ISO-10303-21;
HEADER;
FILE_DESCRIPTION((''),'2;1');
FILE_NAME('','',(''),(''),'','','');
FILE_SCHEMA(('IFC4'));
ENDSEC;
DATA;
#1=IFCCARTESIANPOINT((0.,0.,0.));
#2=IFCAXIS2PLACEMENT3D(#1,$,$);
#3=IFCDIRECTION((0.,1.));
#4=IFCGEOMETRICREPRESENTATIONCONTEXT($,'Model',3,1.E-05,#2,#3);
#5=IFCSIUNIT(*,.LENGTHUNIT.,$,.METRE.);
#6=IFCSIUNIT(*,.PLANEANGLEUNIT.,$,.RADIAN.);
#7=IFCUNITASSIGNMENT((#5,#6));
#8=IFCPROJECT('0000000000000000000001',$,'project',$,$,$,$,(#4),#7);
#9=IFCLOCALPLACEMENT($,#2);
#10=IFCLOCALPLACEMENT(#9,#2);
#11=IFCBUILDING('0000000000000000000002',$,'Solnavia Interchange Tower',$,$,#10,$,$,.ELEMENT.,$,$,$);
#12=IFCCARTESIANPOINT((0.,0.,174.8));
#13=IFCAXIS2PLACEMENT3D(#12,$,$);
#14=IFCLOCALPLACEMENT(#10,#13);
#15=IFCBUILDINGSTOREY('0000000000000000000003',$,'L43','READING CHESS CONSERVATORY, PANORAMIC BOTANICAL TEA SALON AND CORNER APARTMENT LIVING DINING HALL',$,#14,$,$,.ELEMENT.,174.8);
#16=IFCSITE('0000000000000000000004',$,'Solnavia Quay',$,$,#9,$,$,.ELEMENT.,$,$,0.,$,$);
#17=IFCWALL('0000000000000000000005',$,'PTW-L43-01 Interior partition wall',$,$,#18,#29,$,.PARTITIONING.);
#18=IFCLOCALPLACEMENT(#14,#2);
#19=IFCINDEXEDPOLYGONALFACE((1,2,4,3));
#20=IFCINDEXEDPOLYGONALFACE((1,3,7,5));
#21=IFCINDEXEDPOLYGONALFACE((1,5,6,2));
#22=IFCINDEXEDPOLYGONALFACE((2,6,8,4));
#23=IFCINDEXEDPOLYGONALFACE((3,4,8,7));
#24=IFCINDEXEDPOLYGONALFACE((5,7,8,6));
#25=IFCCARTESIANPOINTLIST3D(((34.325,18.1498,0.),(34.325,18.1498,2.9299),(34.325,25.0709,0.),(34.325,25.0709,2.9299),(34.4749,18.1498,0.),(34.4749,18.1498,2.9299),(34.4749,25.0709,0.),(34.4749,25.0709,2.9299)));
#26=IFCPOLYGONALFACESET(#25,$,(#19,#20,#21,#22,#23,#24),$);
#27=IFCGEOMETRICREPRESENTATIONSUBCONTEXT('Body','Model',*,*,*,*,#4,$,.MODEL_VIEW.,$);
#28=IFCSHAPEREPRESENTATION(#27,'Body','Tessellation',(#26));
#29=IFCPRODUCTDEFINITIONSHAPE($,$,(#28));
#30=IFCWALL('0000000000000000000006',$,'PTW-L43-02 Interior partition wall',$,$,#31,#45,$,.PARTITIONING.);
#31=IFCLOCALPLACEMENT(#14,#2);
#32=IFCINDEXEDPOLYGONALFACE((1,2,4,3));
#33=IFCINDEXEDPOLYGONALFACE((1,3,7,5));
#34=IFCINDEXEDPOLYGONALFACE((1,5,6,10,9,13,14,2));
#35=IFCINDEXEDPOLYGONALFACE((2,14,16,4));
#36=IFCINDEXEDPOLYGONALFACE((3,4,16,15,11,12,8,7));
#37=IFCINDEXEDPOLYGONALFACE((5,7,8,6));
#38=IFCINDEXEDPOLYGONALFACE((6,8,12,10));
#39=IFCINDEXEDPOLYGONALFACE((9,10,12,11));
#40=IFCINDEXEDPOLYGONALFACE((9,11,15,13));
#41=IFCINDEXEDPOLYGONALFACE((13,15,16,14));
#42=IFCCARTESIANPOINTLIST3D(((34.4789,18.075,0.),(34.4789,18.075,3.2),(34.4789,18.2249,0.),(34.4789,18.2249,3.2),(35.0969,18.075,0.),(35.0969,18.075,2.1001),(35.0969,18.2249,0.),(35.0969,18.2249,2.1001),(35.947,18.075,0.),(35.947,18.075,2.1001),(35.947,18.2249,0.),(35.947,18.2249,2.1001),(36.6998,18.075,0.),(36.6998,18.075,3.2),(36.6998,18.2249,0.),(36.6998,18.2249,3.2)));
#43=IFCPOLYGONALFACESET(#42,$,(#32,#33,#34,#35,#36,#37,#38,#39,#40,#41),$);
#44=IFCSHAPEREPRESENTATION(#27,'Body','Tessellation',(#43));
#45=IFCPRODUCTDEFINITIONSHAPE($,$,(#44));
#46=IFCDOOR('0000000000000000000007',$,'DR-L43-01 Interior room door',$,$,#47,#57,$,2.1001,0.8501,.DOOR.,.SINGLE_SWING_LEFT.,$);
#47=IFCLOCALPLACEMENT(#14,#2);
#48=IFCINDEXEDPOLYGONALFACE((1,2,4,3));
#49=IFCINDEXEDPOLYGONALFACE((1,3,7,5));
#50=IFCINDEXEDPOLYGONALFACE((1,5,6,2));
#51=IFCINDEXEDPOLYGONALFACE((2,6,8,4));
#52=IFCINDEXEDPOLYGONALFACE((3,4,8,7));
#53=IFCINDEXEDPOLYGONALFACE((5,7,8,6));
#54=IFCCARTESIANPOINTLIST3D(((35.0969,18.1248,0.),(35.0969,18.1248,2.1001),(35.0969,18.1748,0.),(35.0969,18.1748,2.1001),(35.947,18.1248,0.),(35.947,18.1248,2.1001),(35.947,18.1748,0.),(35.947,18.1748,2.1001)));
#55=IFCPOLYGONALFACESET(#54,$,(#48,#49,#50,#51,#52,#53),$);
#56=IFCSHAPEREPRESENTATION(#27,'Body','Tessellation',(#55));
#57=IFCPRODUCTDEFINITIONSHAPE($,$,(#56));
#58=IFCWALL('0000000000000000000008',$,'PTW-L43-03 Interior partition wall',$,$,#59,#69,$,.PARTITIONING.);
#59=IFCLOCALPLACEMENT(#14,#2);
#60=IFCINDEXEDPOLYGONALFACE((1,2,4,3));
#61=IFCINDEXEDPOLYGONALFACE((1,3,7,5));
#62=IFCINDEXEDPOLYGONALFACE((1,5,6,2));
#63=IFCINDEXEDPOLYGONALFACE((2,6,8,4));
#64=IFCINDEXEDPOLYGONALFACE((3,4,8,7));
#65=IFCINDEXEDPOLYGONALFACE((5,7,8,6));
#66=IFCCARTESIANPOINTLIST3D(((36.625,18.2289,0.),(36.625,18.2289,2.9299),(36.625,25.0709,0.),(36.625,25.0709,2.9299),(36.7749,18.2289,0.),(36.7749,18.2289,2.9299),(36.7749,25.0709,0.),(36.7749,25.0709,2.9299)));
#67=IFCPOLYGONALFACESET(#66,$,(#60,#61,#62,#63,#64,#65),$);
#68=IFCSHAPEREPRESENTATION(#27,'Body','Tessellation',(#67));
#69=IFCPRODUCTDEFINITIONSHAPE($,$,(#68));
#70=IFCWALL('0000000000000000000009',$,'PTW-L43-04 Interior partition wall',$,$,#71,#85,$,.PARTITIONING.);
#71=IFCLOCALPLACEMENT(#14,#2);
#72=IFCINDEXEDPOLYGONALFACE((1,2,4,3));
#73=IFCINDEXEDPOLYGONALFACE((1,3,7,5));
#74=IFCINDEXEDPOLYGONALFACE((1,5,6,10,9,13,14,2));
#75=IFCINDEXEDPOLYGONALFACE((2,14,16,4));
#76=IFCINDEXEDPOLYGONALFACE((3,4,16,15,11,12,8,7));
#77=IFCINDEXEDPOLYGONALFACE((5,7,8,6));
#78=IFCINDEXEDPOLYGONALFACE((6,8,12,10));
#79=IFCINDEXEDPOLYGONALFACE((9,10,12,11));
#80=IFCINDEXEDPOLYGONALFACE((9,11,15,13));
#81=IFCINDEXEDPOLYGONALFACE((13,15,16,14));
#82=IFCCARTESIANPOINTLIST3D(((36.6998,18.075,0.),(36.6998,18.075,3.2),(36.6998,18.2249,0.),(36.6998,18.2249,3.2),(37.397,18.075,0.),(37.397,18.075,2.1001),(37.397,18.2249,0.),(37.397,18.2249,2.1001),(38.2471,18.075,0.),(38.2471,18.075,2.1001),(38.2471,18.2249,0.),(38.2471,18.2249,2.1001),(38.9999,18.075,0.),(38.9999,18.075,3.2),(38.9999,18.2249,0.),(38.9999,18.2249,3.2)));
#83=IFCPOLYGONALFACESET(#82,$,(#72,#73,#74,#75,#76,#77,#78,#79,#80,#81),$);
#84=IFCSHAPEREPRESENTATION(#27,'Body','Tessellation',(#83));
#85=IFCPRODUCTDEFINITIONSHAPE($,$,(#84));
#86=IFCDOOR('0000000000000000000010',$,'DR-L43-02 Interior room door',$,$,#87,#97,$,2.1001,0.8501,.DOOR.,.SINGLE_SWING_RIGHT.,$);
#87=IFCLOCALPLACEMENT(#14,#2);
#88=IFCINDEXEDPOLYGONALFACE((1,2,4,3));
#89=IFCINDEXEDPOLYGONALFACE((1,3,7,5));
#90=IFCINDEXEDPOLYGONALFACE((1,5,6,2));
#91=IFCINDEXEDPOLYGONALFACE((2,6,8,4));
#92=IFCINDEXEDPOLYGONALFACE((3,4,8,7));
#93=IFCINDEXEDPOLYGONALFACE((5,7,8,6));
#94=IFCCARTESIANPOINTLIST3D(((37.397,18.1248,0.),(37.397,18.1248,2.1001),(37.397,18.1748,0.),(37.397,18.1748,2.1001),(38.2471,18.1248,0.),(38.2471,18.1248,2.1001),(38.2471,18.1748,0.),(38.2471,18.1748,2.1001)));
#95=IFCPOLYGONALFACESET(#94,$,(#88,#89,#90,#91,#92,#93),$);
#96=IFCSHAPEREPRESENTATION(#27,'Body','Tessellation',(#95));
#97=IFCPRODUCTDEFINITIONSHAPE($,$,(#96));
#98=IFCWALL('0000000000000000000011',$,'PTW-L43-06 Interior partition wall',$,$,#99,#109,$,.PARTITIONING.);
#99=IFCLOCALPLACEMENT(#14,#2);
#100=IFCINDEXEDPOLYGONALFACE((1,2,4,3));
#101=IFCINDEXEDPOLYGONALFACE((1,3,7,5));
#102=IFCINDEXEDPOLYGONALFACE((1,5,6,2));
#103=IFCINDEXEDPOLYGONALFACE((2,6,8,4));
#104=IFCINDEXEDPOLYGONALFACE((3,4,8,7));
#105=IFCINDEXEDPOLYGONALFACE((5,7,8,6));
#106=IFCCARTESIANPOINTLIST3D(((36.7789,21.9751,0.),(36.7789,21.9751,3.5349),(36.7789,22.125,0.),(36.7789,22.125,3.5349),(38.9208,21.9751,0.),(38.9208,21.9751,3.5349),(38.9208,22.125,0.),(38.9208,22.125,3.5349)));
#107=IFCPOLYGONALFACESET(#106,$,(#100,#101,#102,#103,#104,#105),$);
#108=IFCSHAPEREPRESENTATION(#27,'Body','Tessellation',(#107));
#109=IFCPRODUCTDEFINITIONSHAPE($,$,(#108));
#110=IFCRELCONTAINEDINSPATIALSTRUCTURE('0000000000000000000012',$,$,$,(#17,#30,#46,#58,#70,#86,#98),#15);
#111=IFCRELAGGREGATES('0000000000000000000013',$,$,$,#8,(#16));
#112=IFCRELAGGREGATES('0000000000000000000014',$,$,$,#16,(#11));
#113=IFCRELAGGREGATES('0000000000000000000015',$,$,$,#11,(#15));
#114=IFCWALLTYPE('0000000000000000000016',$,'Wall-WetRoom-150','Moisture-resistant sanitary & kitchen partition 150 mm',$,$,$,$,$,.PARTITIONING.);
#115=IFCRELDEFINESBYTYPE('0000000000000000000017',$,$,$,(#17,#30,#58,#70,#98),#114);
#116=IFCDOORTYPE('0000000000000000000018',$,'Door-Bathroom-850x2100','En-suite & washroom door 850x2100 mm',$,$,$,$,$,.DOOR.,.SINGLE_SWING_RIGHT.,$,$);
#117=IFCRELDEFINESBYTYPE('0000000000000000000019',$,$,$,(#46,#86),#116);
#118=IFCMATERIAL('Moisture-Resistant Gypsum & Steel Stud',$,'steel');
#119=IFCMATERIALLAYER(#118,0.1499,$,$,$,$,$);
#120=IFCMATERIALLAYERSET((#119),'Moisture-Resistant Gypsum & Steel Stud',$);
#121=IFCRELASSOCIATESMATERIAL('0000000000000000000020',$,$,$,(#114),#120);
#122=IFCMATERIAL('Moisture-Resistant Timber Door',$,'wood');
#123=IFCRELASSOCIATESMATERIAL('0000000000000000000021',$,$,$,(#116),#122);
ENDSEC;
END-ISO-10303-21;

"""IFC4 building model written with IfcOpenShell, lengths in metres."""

from ifc_helpers import new_model, si_unit, direction, frame, frame_2d, origin, place, context, subcontext, project, spatial, rectangle, extrude, material, layer, layer_set, type_object, element, fill, save


model = new_model("IFC4")

# Units and contexts
model_context = context("Model", 3, precision=1e-05, world=origin(), true_north=direction((0.0, 1.0)))
body_context = subcontext(model_context, "Body", "Model", "MODEL_VIEW")
ifc_project = project(units=[si_unit("LENGTHUNIT", "METRE"), si_unit("PLANEANGLEUNIT", "RADIAN")], contexts=[model_context])

# Site, building, storey
site_placement = place(None, origin())
site = spatial("IfcSite", under=ifc_project, at=site_placement, Name="Solnavia Quay", CompositionType="ELEMENT", RefElevation=0.0)
building_placement = place(site_placement, origin())
building = spatial("IfcBuilding", under=site, at=building_placement, Name="Solnavia Interchange Tower", CompositionType="ELEMENT")
storey_placement = place(building_placement, frame((0.0, 0.0, 174.8)))
storey = spatial("IfcBuildingStorey", under=building, at=storey_placement, Name="L43", Description="READING CHESS CONSERVATORY, PANORAMIC BOTANICAL TEA SALON AND CORNER APARTMENT LIVING DINING HALL", CompositionType="ELEMENT", Elevation=174.8)

# Wall
ifc_material_1 = material(Name="Moisture-Resistant Gypsum & Steel Stud", Category="steel")
ifc_layer_1 = layer(ifc_material_1, 0.1499)
ifc_layer_set_1 = layer_set([ifc_layer_1], Name="Moisture-Resistant Gypsum & Steel Stud")
wall_type_1 = type_object("IfcWallType", Name="Wall-WetRoom-150", Description="Moisture-resistant sanitary & kitchen partition 150 mm", PredefinedType="PARTITIONING", material=ifc_layer_set_1)
wall_1_placement = place(storey_placement, frame((34.3999, 18.1499, 0.0), z_axis=(0.0, 0.0, 1.0), x_axis=(0.0, 1.0, 0.0)))
element("IfcWall", 1, at=wall_1_placement, inside=storey, type_object=wall_type_1, Name="PTW-L43-01 Interior partition wall", PredefinedType="PARTITIONING", context=body_context, shape_type="SweptSolid", body=[
    extrude(rectangle(XDim=6.9211, YDim=0.1499, at=frame_2d((3.4604, 0.0))), origin(), (0.0, 0.0, 1.0), 2.9299),
])

# Wall, opening, door
wall_2_placement = place(storey_placement, frame((34.479, 18.1499, 0.0), z_axis=(0.0, 0.0, 1.0), x_axis=(1.0, 0.0, 0.0)))
wall_2 = element("IfcWall", 2, at=wall_2_placement, inside=storey, type_object=wall_type_1, Name="PTW-L43-02 Interior partition wall", PredefinedType="PARTITIONING", context=body_context, shape_type="SweptSolid", body=[
    extrude(rectangle(XDim=2.2209, YDim=0.1499, at=frame_2d((1.1104, 0.0))), origin(), (0.0, 0.0, 1.0), 3.2),
])
opening_1_placement = place(wall_2_placement, frame((0.6179, 0.0, 0.0)))
opening_1 = element("IfcOpeningElement", 3, at=opening_1_placement, cuts=wall_2, PredefinedType="OPENING", context=body_context, shape_type="SweptSolid", body=[
    extrude(rectangle(XDim=0.8501, YDim=2.1001, at=frame_2d((0.425, 1.05))), frame((0.0, 0.085, 0.0), z_axis=(0.0, -1.0, 0.0), x_axis=(1.0, 0.0, 0.0)), (0.0, 0.0, 1.0), 0.1699),
])
ifc_material_2 = material(Name="Moisture-Resistant Timber Door", Category="wood")
door_type_1 = type_object("IfcDoorType", Name="Door-Bathroom-850x2100", Description="En-suite & washroom door 850x2100 mm", OperationType="SINGLE_SWING_RIGHT", PredefinedType="DOOR", material=ifc_material_2)
door_1_placement = place(opening_1_placement, origin())
door_1 = element("IfcDoor", 4, at=door_1_placement, inside=storey, type_object=door_type_1, Name="DR-L43-01 Interior room door", OperationType="SINGLE_SWING_LEFT", OverallHeight=2.1001, OverallWidth=0.8501, PredefinedType="DOOR", context=body_context, shape_type="SweptSolid", body=[
    extrude(rectangle(XDim=0.8501, YDim=2.1001, at=frame_2d((0.425, 1.05))), frame((0.0, 0.0249, 0.0), z_axis=(0.0, -1.0, 0.0), x_axis=(1.0, 0.0, 0.0)), (0.0, 0.0, 1.0), 0.05),
])
fill(opening_1, door_1)

# Wall
wall_3_placement = place(storey_placement, frame((36.7, 18.229, 0.0), z_axis=(0.0, 0.0, 1.0), x_axis=(0.0, 1.0, 0.0)))
element("IfcWall", 5, at=wall_3_placement, inside=storey, type_object=wall_type_1, Name="PTW-L43-03 Interior partition wall", PredefinedType="PARTITIONING", context=body_context, shape_type="SweptSolid", body=[
    extrude(rectangle(XDim=6.842, YDim=0.1499, at=frame_2d((3.4209, 0.0))), origin(), (0.0, 0.0, 1.0), 2.9299),
])

# Wall, opening, door
wall_4_placement = place(storey_placement, frame((36.7, 18.1499, 0.0), z_axis=(0.0, 0.0, 1.0), x_axis=(1.0, 0.0, 0.0)))
wall_4 = element("IfcWall", 6, at=wall_4_placement, inside=storey, type_object=wall_type_1, Name="PTW-L43-04 Interior partition wall", PredefinedType="PARTITIONING", context=body_context, shape_type="SweptSolid", body=[
    extrude(rectangle(XDim=2.3, YDim=0.1499, at=frame_2d((1.1499, 0.0))), origin(), (0.0, 0.0, 1.0), 3.2),
])
opening_2_placement = place(wall_4_placement, frame((0.697, 0.0, 0.0)))
opening_2 = element("IfcOpeningElement", 7, at=opening_2_placement, cuts=wall_4, PredefinedType="OPENING", context=body_context, shape_type="SweptSolid", body=[
    extrude(rectangle(XDim=0.8501, YDim=2.1001, at=frame_2d((0.425, 1.05))), frame((0.0, 0.085, 0.0), z_axis=(0.0, -1.0, 0.0), x_axis=(1.0, 0.0, 0.0)), (0.0, 0.0, 1.0), 0.1699),
])
door_2_placement = place(opening_2_placement, origin())
door_2 = element("IfcDoor", 8, at=door_2_placement, inside=storey, type_object=door_type_1, Name="DR-L43-02 Interior room door", OperationType="SINGLE_SWING_RIGHT", OverallHeight=2.1001, OverallWidth=0.8501, PredefinedType="DOOR", context=body_context, shape_type="SweptSolid", body=[
    extrude(rectangle(XDim=0.8501, YDim=2.1001, at=frame_2d((0.425, 1.05))), frame((0.0, 0.0249, 0.0), z_axis=(0.0, -1.0, 0.0), x_axis=(1.0, 0.0, 0.0)), (0.0, 0.0, 1.0), 0.05),
])
fill(opening_2, door_2)

# Wall
wall_5_placement = place(storey_placement, frame((36.7791, 22.05, 0.0), z_axis=(0.0, 0.0, 1.0), x_axis=(1.0, 0.0, 0.0)))
element("IfcWall", 9, at=wall_5_placement, inside=storey, type_object=wall_type_1, Name="PTW-L43-06 Interior partition wall", PredefinedType="PARTITIONING", context=body_context, shape_type="SweptSolid", body=[
    extrude(rectangle(XDim=2.1418, YDim=0.1499, at=frame_2d((1.0708, 0.0))), origin(), (0.0, 0.0, 1.0), 3.5349),
])

save(model, "model.ifc")
